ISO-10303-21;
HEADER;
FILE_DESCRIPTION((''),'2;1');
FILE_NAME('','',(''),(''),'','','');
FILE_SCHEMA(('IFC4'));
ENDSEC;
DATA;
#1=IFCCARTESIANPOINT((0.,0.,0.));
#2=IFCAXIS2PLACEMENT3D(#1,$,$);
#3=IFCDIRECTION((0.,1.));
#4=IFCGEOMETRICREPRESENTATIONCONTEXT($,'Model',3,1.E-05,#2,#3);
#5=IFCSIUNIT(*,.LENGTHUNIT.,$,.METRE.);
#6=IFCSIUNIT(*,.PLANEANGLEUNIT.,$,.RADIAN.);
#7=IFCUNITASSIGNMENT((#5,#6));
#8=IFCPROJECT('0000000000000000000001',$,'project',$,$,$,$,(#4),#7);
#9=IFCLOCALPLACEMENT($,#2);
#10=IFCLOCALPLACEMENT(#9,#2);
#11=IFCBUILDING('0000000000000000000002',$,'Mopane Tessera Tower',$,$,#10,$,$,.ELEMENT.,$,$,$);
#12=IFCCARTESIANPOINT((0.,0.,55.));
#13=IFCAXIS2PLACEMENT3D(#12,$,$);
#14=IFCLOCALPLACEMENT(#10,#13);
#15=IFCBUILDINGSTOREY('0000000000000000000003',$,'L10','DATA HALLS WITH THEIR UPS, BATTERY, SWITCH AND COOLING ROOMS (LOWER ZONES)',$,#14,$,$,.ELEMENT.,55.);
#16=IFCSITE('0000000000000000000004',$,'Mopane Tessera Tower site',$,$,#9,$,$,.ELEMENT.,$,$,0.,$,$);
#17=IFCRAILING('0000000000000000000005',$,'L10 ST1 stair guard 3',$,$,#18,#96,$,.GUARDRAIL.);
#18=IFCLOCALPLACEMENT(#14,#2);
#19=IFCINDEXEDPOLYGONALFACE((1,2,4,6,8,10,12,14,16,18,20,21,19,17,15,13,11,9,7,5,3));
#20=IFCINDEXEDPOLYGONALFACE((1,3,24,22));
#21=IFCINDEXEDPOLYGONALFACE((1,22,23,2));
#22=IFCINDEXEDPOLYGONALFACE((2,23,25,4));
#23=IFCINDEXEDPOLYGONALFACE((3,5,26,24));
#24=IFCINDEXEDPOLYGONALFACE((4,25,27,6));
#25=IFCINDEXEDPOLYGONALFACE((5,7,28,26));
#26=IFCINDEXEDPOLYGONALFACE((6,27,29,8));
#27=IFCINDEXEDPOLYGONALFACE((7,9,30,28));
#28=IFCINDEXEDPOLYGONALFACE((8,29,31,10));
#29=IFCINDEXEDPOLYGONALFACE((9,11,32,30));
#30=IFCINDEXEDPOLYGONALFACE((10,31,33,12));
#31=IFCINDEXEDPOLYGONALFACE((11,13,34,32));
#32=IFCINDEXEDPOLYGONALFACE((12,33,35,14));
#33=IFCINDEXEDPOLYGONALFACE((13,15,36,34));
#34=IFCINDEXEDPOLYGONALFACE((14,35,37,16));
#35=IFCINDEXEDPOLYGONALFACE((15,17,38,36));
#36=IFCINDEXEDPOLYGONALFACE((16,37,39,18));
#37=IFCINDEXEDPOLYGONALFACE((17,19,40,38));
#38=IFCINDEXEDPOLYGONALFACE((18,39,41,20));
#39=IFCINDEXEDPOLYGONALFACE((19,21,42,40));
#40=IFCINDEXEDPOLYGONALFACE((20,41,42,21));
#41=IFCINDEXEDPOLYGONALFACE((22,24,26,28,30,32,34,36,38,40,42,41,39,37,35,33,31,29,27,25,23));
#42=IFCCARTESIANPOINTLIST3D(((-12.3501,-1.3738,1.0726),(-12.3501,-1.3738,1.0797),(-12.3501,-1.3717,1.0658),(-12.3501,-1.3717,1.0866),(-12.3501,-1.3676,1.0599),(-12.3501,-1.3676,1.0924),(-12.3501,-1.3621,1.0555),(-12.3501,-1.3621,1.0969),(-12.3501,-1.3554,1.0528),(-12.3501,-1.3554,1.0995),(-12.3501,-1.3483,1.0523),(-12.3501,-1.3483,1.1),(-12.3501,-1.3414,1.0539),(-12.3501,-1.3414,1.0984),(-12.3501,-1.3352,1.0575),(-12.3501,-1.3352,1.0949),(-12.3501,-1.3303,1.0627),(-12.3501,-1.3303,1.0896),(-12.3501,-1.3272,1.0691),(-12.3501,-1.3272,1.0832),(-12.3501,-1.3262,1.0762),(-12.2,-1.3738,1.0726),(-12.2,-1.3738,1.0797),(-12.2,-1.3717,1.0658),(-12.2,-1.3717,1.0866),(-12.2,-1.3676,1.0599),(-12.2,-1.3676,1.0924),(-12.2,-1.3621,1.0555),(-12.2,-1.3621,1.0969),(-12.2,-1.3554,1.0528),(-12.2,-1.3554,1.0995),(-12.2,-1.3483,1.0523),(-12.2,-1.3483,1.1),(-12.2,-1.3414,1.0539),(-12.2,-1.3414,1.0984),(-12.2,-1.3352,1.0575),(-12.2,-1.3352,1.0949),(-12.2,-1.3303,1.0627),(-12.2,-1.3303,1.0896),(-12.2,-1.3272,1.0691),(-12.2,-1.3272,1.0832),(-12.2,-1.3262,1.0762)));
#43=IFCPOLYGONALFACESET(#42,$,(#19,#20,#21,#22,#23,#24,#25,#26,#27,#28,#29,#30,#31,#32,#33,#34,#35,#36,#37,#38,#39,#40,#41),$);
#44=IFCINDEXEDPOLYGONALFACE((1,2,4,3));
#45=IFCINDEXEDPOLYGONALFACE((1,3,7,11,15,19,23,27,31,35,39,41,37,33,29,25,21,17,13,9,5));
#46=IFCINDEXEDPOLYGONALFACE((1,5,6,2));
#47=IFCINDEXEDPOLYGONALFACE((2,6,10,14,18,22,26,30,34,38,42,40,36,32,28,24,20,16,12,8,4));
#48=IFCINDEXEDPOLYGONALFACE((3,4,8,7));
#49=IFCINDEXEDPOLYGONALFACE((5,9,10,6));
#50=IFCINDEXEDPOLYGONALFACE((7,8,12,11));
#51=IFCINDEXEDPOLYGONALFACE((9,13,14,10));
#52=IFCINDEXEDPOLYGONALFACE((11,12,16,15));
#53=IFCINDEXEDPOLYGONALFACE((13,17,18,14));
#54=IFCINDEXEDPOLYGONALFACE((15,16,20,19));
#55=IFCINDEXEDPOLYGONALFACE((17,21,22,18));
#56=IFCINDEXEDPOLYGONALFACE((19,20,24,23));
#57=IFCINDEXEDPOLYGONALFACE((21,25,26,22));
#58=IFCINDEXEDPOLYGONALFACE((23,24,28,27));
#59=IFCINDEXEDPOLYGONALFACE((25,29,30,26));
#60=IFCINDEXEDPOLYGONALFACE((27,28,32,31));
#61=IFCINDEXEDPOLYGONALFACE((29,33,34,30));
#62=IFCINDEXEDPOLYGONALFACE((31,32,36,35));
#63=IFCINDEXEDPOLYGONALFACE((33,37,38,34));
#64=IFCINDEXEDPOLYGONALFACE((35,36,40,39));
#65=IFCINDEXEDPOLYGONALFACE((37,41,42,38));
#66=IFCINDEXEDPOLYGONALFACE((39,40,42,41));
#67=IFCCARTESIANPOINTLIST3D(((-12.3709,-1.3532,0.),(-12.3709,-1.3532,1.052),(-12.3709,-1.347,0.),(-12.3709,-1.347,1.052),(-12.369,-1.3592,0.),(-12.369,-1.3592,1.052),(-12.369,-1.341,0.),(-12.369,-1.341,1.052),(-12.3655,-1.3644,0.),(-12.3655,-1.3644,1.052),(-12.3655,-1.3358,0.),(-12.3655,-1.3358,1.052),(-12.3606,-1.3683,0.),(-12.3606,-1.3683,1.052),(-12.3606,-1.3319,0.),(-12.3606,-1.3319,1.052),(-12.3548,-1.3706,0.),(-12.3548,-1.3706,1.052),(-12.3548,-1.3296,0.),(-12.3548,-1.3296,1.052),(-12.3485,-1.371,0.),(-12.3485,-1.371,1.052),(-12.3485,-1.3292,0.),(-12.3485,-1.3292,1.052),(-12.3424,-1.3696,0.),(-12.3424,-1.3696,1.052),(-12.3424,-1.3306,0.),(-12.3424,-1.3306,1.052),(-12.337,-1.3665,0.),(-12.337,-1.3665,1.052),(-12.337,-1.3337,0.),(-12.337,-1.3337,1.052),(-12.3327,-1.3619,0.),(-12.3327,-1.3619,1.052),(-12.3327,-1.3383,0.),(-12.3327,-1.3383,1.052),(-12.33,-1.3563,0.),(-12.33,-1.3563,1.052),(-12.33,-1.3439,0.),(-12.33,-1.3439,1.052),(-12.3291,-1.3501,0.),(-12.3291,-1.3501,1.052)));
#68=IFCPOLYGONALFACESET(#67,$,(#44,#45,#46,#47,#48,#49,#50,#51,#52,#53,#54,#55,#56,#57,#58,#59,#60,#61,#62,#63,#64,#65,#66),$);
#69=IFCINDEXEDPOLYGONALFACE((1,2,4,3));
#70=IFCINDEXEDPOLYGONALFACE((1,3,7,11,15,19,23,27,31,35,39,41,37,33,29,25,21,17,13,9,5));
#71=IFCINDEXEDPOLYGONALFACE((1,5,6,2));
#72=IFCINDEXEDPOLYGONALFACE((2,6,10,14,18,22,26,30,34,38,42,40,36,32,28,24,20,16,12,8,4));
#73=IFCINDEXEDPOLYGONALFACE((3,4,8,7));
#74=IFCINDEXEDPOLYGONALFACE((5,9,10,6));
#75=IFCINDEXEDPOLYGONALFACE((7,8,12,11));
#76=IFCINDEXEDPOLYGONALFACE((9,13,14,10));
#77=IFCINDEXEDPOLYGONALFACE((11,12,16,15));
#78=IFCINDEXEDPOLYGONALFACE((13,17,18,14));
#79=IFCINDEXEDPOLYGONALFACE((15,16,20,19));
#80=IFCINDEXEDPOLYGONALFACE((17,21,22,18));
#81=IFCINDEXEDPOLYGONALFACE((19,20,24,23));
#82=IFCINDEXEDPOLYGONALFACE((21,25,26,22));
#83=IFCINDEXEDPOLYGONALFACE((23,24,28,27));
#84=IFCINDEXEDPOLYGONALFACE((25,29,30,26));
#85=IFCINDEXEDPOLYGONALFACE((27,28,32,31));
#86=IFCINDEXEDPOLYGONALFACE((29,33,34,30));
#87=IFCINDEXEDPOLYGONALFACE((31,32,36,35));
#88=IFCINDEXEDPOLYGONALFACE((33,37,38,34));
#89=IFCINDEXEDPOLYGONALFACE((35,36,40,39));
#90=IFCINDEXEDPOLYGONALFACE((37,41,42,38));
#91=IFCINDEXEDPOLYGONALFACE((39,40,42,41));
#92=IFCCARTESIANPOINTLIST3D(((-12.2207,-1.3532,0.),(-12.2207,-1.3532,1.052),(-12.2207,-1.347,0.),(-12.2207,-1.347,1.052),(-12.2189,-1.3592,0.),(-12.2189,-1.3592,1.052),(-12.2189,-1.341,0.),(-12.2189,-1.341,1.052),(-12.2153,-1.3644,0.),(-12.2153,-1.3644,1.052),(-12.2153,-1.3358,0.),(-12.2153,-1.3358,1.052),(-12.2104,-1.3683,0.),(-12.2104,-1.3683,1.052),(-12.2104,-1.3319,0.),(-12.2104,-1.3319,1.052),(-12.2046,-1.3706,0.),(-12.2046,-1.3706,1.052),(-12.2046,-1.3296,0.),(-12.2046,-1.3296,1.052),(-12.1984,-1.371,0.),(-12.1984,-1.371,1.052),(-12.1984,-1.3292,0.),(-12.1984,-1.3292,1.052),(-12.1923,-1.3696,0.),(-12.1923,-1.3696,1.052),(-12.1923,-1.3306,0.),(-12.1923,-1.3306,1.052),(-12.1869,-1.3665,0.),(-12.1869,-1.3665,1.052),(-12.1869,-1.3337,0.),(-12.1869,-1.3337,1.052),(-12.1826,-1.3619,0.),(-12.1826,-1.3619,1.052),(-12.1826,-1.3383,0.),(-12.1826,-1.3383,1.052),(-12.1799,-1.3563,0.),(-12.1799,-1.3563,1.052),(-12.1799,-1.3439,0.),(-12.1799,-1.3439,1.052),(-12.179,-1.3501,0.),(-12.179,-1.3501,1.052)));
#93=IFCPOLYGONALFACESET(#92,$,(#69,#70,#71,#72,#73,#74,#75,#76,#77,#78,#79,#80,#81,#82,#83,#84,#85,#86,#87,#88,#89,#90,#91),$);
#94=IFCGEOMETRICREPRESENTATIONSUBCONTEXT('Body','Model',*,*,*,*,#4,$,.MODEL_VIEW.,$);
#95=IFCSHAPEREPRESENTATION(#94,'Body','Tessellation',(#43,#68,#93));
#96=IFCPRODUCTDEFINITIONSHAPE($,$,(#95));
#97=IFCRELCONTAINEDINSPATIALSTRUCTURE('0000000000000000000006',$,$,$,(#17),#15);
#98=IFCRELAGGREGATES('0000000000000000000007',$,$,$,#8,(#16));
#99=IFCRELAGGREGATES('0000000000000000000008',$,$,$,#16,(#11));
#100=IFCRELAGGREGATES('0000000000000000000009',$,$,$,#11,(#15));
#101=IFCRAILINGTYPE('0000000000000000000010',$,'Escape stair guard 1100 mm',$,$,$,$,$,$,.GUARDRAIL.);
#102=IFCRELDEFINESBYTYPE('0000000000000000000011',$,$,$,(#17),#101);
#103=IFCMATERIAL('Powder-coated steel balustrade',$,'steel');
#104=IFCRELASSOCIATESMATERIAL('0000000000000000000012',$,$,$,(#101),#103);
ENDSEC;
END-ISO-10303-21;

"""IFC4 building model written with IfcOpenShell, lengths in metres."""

from ifc_helpers import new_model, si_unit, direction, frame, origin, origin_2d, place, context, subcontext, project, spatial, circle, extrude, material, type_object, element, save


model = new_model("IFC4")

# Units and contexts
model_context = context("Model", 3, precision=1e-05, world=origin(), true_north=direction((0.0, 1.0)))
body_context = subcontext(model_context, "Body", "Model", "MODEL_VIEW")
ifc_project = project(units=[si_unit("LENGTHUNIT", "METRE"), si_unit("PLANEANGLEUNIT", "RADIAN")], contexts=[model_context])

# Site, building, storey
site_placement = place(None, origin())
site = spatial("IfcSite", under=ifc_project, at=site_placement, Name="Mopane Tessera Tower site", CompositionType="ELEMENT", RefElevation=0.0)
building_placement = place(site_placement, origin())
building = spatial("IfcBuilding", under=site, at=building_placement, Name="Mopane Tessera Tower", CompositionType="ELEMENT")
storey_placement = place(building_placement, frame((0.0, 0.0, 55.0)))
storey = spatial("IfcBuildingStorey", under=building, at=storey_placement, Name="L10", Description="DATA HALLS WITH THEIR UPS, BATTERY, SWITCH AND COOLING ROOMS (LOWER ZONES)", CompositionType="ELEMENT", Elevation=55.0)

# Railing
ifc_material_1 = material(Name="Powder-coated steel balustrade", Category="steel")
railing_type_1 = type_object("IfcRailingType", Name="Escape stair guard 1100 mm", PredefinedType="GUARDRAIL", material=ifc_material_1)
railing_1_placement = place(storey_placement, frame((-12.3501, -1.3501, 0.0)))
element("IfcRailing", 1, at=railing_1_placement, inside=storey, type_object=railing_type_1, Name="L10 ST1 stair guard 3", PredefinedType="GUARDRAIL", context=body_context, shape_type="SweptSolid", body=[
    extrude(circle(Radius=0.0239, at=origin_2d()), frame((0.0, 0.0, 1.0762), z_axis=(1.0, 0.0, 0.0), x_axis=(0.0, 1.0, 0.0)), (0.0, 0.0, 1.0), 0.1501),
    extrude(circle(Radius=0.021, at=origin_2d()), origin(), (0.0, 0.0, 1.0), 1.052),
    extrude(circle(Radius=0.021, at=origin_2d()), frame((0.1501, 0.0, 0.0)), (0.0, 0.0, 1.0), 1.052),
])

save(model, "model.ifc")
